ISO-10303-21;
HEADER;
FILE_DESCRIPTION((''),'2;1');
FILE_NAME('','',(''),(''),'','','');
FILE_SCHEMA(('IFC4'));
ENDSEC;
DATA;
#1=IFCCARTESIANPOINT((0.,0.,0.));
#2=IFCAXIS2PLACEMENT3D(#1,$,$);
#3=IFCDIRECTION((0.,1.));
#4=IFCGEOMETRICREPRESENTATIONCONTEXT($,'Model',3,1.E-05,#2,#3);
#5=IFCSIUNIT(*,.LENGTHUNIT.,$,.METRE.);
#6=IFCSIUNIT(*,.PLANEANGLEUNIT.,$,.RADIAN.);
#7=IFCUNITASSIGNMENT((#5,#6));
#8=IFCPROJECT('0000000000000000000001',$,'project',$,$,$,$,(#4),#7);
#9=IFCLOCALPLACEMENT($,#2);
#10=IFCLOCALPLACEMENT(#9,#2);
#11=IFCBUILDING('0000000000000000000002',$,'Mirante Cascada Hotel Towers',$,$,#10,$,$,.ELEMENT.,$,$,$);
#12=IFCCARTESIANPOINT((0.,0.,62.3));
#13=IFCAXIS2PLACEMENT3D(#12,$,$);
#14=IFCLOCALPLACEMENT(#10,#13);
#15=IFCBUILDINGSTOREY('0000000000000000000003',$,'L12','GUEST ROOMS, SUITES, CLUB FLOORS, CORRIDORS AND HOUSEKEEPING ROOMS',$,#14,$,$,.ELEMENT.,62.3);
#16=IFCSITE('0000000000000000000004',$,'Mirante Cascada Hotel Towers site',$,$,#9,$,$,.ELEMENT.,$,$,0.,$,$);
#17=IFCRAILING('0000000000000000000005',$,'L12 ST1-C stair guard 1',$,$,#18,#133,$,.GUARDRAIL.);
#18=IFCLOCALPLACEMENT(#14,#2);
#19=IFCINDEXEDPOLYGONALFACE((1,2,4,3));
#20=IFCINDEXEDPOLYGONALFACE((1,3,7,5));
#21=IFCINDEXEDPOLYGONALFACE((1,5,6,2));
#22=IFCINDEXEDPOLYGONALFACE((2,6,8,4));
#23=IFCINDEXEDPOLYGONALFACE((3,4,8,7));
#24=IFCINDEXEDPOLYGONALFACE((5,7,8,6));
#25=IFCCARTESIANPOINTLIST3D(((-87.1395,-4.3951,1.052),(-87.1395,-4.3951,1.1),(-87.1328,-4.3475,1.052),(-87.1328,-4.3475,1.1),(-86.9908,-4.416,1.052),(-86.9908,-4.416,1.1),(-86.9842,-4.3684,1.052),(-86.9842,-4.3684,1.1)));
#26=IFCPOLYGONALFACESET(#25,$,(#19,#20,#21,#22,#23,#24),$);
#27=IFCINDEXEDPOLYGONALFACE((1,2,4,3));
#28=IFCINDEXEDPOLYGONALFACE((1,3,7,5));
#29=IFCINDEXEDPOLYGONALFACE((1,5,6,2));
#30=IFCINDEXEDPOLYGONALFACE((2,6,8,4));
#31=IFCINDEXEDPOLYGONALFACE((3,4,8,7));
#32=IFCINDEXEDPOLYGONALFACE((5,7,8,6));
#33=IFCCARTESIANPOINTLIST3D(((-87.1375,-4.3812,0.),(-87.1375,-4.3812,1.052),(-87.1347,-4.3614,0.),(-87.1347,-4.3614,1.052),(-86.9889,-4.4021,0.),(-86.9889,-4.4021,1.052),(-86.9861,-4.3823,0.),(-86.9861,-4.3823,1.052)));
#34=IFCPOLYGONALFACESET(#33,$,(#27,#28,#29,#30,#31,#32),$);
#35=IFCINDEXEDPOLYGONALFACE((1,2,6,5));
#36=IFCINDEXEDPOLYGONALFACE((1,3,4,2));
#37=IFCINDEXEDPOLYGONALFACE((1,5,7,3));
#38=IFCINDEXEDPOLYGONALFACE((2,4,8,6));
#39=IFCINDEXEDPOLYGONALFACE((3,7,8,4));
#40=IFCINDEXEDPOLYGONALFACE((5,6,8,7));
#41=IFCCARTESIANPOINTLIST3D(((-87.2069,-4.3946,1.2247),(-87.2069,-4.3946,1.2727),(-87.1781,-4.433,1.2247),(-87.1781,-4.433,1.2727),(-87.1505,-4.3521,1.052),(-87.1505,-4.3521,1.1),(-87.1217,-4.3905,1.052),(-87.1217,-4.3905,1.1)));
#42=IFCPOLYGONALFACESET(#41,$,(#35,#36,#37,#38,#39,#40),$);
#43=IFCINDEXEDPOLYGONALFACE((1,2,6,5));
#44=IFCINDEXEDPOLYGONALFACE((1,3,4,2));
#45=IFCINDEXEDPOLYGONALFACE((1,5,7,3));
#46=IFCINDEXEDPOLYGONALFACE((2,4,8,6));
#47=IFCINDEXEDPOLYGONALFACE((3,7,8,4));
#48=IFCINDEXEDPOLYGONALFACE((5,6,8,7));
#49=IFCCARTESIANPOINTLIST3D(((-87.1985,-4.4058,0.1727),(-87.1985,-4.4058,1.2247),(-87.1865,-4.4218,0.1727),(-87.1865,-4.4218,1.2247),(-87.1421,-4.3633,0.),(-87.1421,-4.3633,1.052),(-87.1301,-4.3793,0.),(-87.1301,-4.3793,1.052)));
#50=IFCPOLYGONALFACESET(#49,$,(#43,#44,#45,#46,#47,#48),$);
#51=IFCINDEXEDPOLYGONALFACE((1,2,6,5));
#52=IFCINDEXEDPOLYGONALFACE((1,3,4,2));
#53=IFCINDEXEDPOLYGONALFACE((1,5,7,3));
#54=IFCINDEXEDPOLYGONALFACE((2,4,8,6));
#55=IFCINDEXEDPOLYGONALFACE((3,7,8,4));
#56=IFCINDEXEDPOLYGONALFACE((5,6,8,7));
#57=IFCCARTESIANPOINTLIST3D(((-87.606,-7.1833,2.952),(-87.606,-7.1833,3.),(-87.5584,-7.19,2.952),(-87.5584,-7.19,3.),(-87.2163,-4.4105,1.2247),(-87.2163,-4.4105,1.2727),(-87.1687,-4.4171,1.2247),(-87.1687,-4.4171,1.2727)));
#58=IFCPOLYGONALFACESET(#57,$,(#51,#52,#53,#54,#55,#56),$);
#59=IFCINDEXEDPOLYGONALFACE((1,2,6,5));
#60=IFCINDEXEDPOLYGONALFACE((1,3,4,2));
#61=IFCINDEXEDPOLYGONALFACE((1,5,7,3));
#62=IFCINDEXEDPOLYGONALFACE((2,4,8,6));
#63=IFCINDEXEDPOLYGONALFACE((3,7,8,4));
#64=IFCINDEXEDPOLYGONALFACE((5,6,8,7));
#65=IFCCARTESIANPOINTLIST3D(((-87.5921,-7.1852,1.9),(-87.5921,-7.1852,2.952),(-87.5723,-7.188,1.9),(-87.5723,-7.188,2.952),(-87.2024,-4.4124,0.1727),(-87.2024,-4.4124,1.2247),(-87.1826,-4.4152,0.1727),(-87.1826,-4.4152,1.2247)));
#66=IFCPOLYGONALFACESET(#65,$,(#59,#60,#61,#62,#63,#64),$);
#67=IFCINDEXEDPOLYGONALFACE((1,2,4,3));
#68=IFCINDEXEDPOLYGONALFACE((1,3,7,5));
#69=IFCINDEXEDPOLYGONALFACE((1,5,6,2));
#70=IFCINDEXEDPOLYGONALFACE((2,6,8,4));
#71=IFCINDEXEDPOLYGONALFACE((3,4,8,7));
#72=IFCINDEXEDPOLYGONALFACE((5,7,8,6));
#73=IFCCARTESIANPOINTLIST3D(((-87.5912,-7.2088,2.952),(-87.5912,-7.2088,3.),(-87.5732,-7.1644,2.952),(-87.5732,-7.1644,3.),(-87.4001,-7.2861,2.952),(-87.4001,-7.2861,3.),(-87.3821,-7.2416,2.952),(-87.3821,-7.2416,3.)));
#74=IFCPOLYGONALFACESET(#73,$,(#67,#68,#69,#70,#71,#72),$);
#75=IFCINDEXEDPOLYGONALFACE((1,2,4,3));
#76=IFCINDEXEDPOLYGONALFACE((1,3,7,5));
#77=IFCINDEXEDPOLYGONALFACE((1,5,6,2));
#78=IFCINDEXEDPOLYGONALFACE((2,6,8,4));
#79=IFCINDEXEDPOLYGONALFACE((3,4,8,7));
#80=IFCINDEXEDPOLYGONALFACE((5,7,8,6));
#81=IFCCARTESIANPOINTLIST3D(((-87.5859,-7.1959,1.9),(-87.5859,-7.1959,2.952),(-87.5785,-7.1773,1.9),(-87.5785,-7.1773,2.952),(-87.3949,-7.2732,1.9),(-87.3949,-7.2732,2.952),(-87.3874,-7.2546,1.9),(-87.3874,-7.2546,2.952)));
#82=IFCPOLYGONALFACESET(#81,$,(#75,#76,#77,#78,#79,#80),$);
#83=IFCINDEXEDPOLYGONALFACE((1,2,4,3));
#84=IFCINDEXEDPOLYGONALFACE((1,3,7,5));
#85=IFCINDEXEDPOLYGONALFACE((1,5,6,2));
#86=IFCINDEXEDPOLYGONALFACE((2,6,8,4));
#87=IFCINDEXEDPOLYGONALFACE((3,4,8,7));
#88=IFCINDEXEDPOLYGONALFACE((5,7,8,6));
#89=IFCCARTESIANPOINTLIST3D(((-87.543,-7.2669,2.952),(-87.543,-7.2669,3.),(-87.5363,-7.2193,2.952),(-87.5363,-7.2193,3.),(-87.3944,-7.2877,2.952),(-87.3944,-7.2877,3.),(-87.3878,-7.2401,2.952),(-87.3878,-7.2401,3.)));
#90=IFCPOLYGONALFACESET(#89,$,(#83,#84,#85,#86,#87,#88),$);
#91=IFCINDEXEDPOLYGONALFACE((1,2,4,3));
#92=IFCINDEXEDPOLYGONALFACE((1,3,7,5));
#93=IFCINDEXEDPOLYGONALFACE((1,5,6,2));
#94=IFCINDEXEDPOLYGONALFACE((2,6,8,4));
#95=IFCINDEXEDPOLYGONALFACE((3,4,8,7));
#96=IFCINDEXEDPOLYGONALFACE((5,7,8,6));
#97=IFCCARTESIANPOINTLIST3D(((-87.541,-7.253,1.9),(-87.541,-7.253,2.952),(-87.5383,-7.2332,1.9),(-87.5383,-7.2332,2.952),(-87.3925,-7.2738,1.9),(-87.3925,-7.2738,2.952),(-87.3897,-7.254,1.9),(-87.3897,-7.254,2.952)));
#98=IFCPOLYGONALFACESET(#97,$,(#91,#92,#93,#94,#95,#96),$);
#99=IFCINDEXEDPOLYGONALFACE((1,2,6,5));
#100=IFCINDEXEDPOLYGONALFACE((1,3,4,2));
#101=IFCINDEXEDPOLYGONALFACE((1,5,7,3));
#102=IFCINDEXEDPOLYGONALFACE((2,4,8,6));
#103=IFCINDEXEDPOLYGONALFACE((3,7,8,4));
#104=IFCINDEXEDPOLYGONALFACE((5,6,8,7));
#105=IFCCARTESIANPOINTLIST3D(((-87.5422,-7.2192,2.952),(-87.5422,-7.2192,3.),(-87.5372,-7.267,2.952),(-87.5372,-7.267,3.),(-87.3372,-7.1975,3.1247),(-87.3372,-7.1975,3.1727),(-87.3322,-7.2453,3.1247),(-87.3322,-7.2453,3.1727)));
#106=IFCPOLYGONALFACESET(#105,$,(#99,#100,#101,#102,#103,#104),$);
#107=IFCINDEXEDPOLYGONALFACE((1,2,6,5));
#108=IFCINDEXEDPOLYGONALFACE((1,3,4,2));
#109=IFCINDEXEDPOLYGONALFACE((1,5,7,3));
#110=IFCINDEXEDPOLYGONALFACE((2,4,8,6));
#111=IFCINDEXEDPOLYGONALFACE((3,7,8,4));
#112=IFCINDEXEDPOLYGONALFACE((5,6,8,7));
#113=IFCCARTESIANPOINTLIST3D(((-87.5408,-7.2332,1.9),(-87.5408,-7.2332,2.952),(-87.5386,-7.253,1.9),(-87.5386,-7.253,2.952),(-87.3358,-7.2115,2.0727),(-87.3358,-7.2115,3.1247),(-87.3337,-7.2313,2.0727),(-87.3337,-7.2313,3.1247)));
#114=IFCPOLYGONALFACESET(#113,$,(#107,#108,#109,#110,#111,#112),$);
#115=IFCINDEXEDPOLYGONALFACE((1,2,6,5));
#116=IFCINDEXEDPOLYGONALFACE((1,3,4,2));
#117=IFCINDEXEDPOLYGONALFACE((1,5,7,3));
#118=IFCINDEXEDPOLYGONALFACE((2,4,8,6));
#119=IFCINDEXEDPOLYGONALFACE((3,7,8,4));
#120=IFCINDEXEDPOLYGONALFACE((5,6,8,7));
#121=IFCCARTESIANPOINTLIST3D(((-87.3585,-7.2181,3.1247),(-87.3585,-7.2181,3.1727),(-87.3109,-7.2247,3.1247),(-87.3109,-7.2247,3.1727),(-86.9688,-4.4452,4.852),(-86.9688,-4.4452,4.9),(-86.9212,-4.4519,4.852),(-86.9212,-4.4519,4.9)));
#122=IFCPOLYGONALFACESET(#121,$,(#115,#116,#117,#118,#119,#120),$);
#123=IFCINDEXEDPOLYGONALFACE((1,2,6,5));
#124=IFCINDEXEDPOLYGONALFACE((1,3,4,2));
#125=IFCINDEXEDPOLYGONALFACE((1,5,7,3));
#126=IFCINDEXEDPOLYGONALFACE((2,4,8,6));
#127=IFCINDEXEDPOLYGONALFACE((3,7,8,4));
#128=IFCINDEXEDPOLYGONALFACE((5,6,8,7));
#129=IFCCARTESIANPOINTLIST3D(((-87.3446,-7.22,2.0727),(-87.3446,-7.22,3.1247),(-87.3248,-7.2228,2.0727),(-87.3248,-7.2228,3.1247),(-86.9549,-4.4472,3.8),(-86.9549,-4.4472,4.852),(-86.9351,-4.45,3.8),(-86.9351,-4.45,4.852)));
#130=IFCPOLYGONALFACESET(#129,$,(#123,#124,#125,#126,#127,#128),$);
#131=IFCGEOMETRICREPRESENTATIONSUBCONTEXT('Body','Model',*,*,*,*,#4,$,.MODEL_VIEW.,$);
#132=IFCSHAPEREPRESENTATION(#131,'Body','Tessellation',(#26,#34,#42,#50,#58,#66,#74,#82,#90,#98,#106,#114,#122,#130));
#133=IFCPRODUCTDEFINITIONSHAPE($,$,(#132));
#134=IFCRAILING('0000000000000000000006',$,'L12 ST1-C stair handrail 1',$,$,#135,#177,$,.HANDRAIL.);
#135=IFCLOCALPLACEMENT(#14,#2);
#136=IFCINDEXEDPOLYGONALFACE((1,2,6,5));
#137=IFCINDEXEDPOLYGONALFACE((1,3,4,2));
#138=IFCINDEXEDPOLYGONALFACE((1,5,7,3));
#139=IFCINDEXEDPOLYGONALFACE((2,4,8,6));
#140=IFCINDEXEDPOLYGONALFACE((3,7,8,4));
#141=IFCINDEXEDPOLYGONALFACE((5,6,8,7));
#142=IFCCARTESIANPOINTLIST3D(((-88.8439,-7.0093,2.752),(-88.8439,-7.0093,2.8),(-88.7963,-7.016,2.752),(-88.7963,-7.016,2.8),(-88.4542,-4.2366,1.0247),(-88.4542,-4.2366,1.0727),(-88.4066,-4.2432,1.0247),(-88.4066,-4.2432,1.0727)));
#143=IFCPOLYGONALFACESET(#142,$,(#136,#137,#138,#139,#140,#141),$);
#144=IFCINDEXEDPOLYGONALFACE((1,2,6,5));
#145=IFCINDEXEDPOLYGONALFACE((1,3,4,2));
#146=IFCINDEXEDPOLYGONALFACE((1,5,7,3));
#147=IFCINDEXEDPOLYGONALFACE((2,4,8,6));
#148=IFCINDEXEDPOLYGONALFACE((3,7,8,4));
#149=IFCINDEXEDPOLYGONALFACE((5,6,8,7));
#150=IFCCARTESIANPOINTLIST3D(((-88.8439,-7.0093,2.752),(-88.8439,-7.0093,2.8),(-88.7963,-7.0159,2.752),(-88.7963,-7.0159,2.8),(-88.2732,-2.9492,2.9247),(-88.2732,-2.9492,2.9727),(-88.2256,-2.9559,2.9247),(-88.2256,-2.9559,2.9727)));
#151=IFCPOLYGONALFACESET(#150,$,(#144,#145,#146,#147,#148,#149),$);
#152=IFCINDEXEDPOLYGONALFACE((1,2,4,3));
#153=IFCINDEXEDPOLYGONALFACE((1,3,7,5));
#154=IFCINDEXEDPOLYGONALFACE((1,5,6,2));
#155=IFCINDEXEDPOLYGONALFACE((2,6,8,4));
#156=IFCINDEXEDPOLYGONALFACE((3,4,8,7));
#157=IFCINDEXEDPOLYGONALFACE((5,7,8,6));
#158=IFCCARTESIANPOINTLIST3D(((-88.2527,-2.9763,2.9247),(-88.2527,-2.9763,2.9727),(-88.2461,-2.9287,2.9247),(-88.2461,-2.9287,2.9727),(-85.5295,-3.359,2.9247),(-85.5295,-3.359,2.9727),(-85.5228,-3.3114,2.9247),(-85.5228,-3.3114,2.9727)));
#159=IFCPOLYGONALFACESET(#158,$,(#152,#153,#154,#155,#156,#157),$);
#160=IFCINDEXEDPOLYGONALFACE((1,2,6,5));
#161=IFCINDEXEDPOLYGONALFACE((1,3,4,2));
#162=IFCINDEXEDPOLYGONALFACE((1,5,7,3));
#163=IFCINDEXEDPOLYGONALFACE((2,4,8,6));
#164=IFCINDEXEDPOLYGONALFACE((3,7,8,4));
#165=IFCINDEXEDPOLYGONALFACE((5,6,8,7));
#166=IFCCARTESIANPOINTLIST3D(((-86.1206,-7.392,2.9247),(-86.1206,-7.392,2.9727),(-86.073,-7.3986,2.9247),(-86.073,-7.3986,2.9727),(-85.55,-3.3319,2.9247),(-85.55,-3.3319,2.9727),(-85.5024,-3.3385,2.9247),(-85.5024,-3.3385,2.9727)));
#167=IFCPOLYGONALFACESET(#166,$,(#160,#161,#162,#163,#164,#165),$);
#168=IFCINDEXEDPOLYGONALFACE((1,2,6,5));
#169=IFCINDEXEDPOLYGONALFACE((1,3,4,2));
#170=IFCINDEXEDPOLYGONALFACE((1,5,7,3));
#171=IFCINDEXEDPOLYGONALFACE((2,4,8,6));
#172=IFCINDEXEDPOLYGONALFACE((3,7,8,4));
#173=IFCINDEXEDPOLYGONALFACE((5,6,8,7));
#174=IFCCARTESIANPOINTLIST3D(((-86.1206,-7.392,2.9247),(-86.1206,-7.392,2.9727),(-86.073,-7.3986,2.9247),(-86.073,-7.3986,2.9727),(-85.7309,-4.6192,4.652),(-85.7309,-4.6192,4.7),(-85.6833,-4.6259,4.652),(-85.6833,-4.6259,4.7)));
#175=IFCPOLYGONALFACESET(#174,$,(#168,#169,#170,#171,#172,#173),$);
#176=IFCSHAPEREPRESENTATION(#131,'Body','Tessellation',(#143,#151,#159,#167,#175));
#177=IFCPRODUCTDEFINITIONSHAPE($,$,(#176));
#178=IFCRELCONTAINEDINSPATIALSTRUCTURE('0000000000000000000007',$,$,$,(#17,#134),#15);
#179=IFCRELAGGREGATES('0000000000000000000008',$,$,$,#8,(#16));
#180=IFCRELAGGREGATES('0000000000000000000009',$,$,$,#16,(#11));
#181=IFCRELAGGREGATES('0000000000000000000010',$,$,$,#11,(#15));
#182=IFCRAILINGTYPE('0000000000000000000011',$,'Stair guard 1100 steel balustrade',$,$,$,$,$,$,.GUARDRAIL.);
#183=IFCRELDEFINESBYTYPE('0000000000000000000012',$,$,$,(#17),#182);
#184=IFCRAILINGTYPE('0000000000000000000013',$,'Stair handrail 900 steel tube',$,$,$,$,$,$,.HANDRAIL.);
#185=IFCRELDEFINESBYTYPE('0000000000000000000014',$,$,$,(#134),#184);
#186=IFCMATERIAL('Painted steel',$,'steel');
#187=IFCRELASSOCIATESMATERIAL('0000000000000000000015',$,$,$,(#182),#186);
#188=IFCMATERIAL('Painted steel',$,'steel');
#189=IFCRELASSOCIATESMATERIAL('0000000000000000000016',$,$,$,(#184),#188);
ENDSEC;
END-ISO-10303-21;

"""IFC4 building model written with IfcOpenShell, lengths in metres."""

from ifc_helpers import new_model, si_unit, direction, frame, origin, origin_2d, place, context, subcontext, project, spatial, rectangle, extrude, material, type_object, element, save


model = new_model("IFC4")

# Units and contexts
model_context = context("Model", 3, precision=1e-05, world=origin(), true_north=direction((0.0, 1.0)))
body_context = subcontext(model_context, "Body", "Model", "MODEL_VIEW")
ifc_project = project(units=[si_unit("LENGTHUNIT", "METRE"), si_unit("PLANEANGLEUNIT", "RADIAN")], contexts=[model_context])

# Site, building, storey
site_placement = place(None, origin())
site = spatial("IfcSite", under=ifc_project, at=site_placement, Name="Mirante Cascada Hotel Towers site", CompositionType="ELEMENT", RefElevation=0.0)
building_placement = place(site_placement, origin())
building = spatial("IfcBuilding", under=site, at=building_placement, Name="Mirante Cascada Hotel Towers", CompositionType="ELEMENT")
storey_placement = place(building_placement, frame((0.0, 0.0, 62.3)))
storey = spatial("IfcBuildingStorey", under=building, at=storey_placement, Name="L12", Description="GUEST ROOMS, SUITES, CLUB FLOORS, CORRIDORS AND HOUSEKEEPING ROOMS", CompositionType="ELEMENT", Elevation=62.3)

# Railings
ifc_material_1 = material(Name="Painted steel", Category="steel")
railing_type_1 = type_object("IfcRailingType", Name="Stair guard 1100 steel balustrade", PredefinedType="GUARDRAIL", material=ifc_material_1)
railing_1_placement = place(storey_placement, frame((-86.9875, -4.3922, 0.0)))
element("IfcRailing", 1, at=railing_1_placement, inside=storey, type_object=railing_type_1, Name="L12 ST1-C stair guard 1", PredefinedType="GUARDRAIL", context=body_context, shape_type="SweptSolid", body=[
    extrude(rectangle(XDim=0.048, YDim=0.048, at=origin_2d()), frame((0.0, 0.0, 1.076), z_axis=(-0.990254, 0.139275, 0.0), x_axis=(-0.139275, -0.990254, 0.0)), (0.0, 0.0, 1.0), 0.1501),
    extrude(rectangle(XDim=0.02, YDim=1.052, at=origin_2d()), frame((0.0, 0.0, 0.526), z_axis=(-0.990254, 0.139275, 0.0), x_axis=(-0.139275, -0.990254, 0.0)), (0.0, 0.0, 1.0), 0.1501),
    extrude(rectangle(XDim=0.048, YDim=0.048, at=origin_2d()), frame((-0.1486, 0.0209, 1.076), z_axis=(-0.798639, -0.601811, 0.0), x_axis=(0.601811, -0.798639, 0.0)), (0.0, 0.925603, 0.378496), 0.1866),
    extrude(rectangle(XDim=0.02, YDim=1.052, at=origin_2d()), frame((-0.1486, 0.0209, 0.526), z_axis=(-0.798639, -0.601811, 0.0), x_axis=(0.601811, -0.798639, 0.0)), (0.0, 0.925603, 0.378496), 0.1866),
    extrude(rectangle(XDim=0.048, YDim=0.048, at=origin_2d()), frame((-0.205, -0.0216, 1.2487), z_axis=(-0.139176, -0.990268, 0.0), x_axis=(0.990268, -0.139176, 0.0)), (0.0, 0.525021, 0.851089), 3.29),
    extrude(rectangle(XDim=0.02, YDim=1.052, at=origin_2d()), frame((-0.205, -0.0216, 0.6987), z_axis=(-0.139176, -0.990268, 0.0), x_axis=(0.990268, -0.139176, 0.0)), (0.0, 0.525021, 0.851089), 3.29),
    extrude(rectangle(XDim=0.048, YDim=0.048, at=origin_2d()), frame((-0.5947, -2.7944, 2.976), z_axis=(0.927031, -0.374984, 0.0), x_axis=(0.374984, 0.927031, 0.0)), (0.0, 0.0, 1.0), 0.2061),
    extrude(rectangle(XDim=0.02, YDim=1.052, at=origin_2d()), frame((-0.5947, -2.7944, 2.426), z_axis=(0.927031, -0.374984, 0.0), x_axis=(0.374984, 0.927031, 0.0)), (0.0, 0.0, 1.0), 0.2061),
    extrude(rectangle(XDim=0.048, YDim=0.048, at=origin_2d()), frame((-0.4036, -2.8717, 2.976), z_axis=(-0.990345, 0.138622, 0.0), x_axis=(-0.138622, -0.990345, 0.0)), (0.0, 0.0, 1.0), 0.15),
    extrude(rectangle(XDim=0.02, YDim=1.052, at=origin_2d()), frame((-0.4036, -2.8717, 2.426), z_axis=(-0.990345, 0.138622, 0.0), x_axis=(-0.138622, -0.990345, 0.0)), (0.0, 0.0, 1.0), 0.15),
    extrude(rectangle(XDim=0.048, YDim=0.048, at=origin_2d()), frame((-0.5522, -2.8509, 2.976), z_axis=(0.994444, 0.105266, 0.0), x_axis=(-0.105266, 0.994444, 0.0)), (0.0, 0.642184, 0.76655), 0.2689),
    extrude(rectangle(XDim=0.02, YDim=1.052, at=origin_2d()), frame((-0.5522, -2.8509, 2.426), z_axis=(0.994444, 0.105266, 0.0), x_axis=(-0.105266, 0.994444, 0.0)), (0.0, 0.642184, 0.76655), 0.2689),
    extrude(rectangle(XDim=0.048, YDim=0.048, at=origin_2d()), frame((-0.3472, -2.8292, 3.1487), z_axis=(0.139176, 0.990268, 0.0), x_axis=(-0.990268, 0.139176, 0.0)), (0.0, 0.525021, 0.851089), 3.29),
    extrude(rectangle(XDim=0.02, YDim=1.052, at=origin_2d()), frame((-0.3472, -2.8292, 2.5987), z_axis=(0.139176, 0.990268, 0.0), x_axis=(-0.990268, 0.139176, 0.0)), (0.0, 0.525021, 0.851089), 3.29),
])
ifc_material_2 = material(Name="Painted steel", Category="steel")
railing_type_2 = type_object("IfcRailingType", Name="Stair handrail 900 steel tube", PredefinedType="HANDRAIL", material=ifc_material_2)
railing_2_placement = place(storey_placement, frame((-88.4304, -4.2399, 0.1727)))
element("IfcRailing", 2, at=railing_2_placement, inside=storey, type_object=railing_type_2, Name="L12 ST1-C stair handrail 1", PredefinedType="HANDRAIL", context=body_context, shape_type="SweptSolid", body=[
    extrude(rectangle(XDim=0.048, YDim=0.048, at=origin_2d()), frame((0.0, 0.0, 0.876), z_axis=(-0.139181, -0.990267, 0.0), x_axis=(0.990267, -0.139181, 0.0)), (0.0, 0.525035, 0.851081), 3.2899),
    extrude(rectangle(XDim=0.048, YDim=0.048, at=origin_2d()), frame((-0.3897, -2.7727, 2.6033), z_axis=(0.139195, 0.990265, 0.0), x_axis=(-0.990265, 0.139195, 0.0)), (0.0, 0.042084, 0.999114), 4.1036),
    extrude(rectangle(XDim=0.048, YDim=0.048, at=origin_2d()), frame((0.181, 1.2874, 2.776), z_axis=(0.990269, -0.139166, 0.0), x_axis=(0.139166, 0.990269, 0.0)), (0.0, 0.0, 1.0), 2.75),
    extrude(rectangle(XDim=0.048, YDim=0.048, at=origin_2d()), frame((2.9042, 0.9047, 2.776), z_axis=(-0.139171, -0.990268, 0.0), x_axis=(0.990268, -0.139171, 0.0)), (0.0, 0.0, 1.0), 4.1),
    extrude(rectangle(XDim=0.048, YDim=0.048, at=origin_2d()), frame((2.3336, -3.1554, 2.776), z_axis=(0.139181, 0.990267, 0.0), x_axis=(-0.990267, 0.139181, 0.0)), (0.0, 0.525035, 0.851081), 3.2899),
])

save(model, "model.ifc")
